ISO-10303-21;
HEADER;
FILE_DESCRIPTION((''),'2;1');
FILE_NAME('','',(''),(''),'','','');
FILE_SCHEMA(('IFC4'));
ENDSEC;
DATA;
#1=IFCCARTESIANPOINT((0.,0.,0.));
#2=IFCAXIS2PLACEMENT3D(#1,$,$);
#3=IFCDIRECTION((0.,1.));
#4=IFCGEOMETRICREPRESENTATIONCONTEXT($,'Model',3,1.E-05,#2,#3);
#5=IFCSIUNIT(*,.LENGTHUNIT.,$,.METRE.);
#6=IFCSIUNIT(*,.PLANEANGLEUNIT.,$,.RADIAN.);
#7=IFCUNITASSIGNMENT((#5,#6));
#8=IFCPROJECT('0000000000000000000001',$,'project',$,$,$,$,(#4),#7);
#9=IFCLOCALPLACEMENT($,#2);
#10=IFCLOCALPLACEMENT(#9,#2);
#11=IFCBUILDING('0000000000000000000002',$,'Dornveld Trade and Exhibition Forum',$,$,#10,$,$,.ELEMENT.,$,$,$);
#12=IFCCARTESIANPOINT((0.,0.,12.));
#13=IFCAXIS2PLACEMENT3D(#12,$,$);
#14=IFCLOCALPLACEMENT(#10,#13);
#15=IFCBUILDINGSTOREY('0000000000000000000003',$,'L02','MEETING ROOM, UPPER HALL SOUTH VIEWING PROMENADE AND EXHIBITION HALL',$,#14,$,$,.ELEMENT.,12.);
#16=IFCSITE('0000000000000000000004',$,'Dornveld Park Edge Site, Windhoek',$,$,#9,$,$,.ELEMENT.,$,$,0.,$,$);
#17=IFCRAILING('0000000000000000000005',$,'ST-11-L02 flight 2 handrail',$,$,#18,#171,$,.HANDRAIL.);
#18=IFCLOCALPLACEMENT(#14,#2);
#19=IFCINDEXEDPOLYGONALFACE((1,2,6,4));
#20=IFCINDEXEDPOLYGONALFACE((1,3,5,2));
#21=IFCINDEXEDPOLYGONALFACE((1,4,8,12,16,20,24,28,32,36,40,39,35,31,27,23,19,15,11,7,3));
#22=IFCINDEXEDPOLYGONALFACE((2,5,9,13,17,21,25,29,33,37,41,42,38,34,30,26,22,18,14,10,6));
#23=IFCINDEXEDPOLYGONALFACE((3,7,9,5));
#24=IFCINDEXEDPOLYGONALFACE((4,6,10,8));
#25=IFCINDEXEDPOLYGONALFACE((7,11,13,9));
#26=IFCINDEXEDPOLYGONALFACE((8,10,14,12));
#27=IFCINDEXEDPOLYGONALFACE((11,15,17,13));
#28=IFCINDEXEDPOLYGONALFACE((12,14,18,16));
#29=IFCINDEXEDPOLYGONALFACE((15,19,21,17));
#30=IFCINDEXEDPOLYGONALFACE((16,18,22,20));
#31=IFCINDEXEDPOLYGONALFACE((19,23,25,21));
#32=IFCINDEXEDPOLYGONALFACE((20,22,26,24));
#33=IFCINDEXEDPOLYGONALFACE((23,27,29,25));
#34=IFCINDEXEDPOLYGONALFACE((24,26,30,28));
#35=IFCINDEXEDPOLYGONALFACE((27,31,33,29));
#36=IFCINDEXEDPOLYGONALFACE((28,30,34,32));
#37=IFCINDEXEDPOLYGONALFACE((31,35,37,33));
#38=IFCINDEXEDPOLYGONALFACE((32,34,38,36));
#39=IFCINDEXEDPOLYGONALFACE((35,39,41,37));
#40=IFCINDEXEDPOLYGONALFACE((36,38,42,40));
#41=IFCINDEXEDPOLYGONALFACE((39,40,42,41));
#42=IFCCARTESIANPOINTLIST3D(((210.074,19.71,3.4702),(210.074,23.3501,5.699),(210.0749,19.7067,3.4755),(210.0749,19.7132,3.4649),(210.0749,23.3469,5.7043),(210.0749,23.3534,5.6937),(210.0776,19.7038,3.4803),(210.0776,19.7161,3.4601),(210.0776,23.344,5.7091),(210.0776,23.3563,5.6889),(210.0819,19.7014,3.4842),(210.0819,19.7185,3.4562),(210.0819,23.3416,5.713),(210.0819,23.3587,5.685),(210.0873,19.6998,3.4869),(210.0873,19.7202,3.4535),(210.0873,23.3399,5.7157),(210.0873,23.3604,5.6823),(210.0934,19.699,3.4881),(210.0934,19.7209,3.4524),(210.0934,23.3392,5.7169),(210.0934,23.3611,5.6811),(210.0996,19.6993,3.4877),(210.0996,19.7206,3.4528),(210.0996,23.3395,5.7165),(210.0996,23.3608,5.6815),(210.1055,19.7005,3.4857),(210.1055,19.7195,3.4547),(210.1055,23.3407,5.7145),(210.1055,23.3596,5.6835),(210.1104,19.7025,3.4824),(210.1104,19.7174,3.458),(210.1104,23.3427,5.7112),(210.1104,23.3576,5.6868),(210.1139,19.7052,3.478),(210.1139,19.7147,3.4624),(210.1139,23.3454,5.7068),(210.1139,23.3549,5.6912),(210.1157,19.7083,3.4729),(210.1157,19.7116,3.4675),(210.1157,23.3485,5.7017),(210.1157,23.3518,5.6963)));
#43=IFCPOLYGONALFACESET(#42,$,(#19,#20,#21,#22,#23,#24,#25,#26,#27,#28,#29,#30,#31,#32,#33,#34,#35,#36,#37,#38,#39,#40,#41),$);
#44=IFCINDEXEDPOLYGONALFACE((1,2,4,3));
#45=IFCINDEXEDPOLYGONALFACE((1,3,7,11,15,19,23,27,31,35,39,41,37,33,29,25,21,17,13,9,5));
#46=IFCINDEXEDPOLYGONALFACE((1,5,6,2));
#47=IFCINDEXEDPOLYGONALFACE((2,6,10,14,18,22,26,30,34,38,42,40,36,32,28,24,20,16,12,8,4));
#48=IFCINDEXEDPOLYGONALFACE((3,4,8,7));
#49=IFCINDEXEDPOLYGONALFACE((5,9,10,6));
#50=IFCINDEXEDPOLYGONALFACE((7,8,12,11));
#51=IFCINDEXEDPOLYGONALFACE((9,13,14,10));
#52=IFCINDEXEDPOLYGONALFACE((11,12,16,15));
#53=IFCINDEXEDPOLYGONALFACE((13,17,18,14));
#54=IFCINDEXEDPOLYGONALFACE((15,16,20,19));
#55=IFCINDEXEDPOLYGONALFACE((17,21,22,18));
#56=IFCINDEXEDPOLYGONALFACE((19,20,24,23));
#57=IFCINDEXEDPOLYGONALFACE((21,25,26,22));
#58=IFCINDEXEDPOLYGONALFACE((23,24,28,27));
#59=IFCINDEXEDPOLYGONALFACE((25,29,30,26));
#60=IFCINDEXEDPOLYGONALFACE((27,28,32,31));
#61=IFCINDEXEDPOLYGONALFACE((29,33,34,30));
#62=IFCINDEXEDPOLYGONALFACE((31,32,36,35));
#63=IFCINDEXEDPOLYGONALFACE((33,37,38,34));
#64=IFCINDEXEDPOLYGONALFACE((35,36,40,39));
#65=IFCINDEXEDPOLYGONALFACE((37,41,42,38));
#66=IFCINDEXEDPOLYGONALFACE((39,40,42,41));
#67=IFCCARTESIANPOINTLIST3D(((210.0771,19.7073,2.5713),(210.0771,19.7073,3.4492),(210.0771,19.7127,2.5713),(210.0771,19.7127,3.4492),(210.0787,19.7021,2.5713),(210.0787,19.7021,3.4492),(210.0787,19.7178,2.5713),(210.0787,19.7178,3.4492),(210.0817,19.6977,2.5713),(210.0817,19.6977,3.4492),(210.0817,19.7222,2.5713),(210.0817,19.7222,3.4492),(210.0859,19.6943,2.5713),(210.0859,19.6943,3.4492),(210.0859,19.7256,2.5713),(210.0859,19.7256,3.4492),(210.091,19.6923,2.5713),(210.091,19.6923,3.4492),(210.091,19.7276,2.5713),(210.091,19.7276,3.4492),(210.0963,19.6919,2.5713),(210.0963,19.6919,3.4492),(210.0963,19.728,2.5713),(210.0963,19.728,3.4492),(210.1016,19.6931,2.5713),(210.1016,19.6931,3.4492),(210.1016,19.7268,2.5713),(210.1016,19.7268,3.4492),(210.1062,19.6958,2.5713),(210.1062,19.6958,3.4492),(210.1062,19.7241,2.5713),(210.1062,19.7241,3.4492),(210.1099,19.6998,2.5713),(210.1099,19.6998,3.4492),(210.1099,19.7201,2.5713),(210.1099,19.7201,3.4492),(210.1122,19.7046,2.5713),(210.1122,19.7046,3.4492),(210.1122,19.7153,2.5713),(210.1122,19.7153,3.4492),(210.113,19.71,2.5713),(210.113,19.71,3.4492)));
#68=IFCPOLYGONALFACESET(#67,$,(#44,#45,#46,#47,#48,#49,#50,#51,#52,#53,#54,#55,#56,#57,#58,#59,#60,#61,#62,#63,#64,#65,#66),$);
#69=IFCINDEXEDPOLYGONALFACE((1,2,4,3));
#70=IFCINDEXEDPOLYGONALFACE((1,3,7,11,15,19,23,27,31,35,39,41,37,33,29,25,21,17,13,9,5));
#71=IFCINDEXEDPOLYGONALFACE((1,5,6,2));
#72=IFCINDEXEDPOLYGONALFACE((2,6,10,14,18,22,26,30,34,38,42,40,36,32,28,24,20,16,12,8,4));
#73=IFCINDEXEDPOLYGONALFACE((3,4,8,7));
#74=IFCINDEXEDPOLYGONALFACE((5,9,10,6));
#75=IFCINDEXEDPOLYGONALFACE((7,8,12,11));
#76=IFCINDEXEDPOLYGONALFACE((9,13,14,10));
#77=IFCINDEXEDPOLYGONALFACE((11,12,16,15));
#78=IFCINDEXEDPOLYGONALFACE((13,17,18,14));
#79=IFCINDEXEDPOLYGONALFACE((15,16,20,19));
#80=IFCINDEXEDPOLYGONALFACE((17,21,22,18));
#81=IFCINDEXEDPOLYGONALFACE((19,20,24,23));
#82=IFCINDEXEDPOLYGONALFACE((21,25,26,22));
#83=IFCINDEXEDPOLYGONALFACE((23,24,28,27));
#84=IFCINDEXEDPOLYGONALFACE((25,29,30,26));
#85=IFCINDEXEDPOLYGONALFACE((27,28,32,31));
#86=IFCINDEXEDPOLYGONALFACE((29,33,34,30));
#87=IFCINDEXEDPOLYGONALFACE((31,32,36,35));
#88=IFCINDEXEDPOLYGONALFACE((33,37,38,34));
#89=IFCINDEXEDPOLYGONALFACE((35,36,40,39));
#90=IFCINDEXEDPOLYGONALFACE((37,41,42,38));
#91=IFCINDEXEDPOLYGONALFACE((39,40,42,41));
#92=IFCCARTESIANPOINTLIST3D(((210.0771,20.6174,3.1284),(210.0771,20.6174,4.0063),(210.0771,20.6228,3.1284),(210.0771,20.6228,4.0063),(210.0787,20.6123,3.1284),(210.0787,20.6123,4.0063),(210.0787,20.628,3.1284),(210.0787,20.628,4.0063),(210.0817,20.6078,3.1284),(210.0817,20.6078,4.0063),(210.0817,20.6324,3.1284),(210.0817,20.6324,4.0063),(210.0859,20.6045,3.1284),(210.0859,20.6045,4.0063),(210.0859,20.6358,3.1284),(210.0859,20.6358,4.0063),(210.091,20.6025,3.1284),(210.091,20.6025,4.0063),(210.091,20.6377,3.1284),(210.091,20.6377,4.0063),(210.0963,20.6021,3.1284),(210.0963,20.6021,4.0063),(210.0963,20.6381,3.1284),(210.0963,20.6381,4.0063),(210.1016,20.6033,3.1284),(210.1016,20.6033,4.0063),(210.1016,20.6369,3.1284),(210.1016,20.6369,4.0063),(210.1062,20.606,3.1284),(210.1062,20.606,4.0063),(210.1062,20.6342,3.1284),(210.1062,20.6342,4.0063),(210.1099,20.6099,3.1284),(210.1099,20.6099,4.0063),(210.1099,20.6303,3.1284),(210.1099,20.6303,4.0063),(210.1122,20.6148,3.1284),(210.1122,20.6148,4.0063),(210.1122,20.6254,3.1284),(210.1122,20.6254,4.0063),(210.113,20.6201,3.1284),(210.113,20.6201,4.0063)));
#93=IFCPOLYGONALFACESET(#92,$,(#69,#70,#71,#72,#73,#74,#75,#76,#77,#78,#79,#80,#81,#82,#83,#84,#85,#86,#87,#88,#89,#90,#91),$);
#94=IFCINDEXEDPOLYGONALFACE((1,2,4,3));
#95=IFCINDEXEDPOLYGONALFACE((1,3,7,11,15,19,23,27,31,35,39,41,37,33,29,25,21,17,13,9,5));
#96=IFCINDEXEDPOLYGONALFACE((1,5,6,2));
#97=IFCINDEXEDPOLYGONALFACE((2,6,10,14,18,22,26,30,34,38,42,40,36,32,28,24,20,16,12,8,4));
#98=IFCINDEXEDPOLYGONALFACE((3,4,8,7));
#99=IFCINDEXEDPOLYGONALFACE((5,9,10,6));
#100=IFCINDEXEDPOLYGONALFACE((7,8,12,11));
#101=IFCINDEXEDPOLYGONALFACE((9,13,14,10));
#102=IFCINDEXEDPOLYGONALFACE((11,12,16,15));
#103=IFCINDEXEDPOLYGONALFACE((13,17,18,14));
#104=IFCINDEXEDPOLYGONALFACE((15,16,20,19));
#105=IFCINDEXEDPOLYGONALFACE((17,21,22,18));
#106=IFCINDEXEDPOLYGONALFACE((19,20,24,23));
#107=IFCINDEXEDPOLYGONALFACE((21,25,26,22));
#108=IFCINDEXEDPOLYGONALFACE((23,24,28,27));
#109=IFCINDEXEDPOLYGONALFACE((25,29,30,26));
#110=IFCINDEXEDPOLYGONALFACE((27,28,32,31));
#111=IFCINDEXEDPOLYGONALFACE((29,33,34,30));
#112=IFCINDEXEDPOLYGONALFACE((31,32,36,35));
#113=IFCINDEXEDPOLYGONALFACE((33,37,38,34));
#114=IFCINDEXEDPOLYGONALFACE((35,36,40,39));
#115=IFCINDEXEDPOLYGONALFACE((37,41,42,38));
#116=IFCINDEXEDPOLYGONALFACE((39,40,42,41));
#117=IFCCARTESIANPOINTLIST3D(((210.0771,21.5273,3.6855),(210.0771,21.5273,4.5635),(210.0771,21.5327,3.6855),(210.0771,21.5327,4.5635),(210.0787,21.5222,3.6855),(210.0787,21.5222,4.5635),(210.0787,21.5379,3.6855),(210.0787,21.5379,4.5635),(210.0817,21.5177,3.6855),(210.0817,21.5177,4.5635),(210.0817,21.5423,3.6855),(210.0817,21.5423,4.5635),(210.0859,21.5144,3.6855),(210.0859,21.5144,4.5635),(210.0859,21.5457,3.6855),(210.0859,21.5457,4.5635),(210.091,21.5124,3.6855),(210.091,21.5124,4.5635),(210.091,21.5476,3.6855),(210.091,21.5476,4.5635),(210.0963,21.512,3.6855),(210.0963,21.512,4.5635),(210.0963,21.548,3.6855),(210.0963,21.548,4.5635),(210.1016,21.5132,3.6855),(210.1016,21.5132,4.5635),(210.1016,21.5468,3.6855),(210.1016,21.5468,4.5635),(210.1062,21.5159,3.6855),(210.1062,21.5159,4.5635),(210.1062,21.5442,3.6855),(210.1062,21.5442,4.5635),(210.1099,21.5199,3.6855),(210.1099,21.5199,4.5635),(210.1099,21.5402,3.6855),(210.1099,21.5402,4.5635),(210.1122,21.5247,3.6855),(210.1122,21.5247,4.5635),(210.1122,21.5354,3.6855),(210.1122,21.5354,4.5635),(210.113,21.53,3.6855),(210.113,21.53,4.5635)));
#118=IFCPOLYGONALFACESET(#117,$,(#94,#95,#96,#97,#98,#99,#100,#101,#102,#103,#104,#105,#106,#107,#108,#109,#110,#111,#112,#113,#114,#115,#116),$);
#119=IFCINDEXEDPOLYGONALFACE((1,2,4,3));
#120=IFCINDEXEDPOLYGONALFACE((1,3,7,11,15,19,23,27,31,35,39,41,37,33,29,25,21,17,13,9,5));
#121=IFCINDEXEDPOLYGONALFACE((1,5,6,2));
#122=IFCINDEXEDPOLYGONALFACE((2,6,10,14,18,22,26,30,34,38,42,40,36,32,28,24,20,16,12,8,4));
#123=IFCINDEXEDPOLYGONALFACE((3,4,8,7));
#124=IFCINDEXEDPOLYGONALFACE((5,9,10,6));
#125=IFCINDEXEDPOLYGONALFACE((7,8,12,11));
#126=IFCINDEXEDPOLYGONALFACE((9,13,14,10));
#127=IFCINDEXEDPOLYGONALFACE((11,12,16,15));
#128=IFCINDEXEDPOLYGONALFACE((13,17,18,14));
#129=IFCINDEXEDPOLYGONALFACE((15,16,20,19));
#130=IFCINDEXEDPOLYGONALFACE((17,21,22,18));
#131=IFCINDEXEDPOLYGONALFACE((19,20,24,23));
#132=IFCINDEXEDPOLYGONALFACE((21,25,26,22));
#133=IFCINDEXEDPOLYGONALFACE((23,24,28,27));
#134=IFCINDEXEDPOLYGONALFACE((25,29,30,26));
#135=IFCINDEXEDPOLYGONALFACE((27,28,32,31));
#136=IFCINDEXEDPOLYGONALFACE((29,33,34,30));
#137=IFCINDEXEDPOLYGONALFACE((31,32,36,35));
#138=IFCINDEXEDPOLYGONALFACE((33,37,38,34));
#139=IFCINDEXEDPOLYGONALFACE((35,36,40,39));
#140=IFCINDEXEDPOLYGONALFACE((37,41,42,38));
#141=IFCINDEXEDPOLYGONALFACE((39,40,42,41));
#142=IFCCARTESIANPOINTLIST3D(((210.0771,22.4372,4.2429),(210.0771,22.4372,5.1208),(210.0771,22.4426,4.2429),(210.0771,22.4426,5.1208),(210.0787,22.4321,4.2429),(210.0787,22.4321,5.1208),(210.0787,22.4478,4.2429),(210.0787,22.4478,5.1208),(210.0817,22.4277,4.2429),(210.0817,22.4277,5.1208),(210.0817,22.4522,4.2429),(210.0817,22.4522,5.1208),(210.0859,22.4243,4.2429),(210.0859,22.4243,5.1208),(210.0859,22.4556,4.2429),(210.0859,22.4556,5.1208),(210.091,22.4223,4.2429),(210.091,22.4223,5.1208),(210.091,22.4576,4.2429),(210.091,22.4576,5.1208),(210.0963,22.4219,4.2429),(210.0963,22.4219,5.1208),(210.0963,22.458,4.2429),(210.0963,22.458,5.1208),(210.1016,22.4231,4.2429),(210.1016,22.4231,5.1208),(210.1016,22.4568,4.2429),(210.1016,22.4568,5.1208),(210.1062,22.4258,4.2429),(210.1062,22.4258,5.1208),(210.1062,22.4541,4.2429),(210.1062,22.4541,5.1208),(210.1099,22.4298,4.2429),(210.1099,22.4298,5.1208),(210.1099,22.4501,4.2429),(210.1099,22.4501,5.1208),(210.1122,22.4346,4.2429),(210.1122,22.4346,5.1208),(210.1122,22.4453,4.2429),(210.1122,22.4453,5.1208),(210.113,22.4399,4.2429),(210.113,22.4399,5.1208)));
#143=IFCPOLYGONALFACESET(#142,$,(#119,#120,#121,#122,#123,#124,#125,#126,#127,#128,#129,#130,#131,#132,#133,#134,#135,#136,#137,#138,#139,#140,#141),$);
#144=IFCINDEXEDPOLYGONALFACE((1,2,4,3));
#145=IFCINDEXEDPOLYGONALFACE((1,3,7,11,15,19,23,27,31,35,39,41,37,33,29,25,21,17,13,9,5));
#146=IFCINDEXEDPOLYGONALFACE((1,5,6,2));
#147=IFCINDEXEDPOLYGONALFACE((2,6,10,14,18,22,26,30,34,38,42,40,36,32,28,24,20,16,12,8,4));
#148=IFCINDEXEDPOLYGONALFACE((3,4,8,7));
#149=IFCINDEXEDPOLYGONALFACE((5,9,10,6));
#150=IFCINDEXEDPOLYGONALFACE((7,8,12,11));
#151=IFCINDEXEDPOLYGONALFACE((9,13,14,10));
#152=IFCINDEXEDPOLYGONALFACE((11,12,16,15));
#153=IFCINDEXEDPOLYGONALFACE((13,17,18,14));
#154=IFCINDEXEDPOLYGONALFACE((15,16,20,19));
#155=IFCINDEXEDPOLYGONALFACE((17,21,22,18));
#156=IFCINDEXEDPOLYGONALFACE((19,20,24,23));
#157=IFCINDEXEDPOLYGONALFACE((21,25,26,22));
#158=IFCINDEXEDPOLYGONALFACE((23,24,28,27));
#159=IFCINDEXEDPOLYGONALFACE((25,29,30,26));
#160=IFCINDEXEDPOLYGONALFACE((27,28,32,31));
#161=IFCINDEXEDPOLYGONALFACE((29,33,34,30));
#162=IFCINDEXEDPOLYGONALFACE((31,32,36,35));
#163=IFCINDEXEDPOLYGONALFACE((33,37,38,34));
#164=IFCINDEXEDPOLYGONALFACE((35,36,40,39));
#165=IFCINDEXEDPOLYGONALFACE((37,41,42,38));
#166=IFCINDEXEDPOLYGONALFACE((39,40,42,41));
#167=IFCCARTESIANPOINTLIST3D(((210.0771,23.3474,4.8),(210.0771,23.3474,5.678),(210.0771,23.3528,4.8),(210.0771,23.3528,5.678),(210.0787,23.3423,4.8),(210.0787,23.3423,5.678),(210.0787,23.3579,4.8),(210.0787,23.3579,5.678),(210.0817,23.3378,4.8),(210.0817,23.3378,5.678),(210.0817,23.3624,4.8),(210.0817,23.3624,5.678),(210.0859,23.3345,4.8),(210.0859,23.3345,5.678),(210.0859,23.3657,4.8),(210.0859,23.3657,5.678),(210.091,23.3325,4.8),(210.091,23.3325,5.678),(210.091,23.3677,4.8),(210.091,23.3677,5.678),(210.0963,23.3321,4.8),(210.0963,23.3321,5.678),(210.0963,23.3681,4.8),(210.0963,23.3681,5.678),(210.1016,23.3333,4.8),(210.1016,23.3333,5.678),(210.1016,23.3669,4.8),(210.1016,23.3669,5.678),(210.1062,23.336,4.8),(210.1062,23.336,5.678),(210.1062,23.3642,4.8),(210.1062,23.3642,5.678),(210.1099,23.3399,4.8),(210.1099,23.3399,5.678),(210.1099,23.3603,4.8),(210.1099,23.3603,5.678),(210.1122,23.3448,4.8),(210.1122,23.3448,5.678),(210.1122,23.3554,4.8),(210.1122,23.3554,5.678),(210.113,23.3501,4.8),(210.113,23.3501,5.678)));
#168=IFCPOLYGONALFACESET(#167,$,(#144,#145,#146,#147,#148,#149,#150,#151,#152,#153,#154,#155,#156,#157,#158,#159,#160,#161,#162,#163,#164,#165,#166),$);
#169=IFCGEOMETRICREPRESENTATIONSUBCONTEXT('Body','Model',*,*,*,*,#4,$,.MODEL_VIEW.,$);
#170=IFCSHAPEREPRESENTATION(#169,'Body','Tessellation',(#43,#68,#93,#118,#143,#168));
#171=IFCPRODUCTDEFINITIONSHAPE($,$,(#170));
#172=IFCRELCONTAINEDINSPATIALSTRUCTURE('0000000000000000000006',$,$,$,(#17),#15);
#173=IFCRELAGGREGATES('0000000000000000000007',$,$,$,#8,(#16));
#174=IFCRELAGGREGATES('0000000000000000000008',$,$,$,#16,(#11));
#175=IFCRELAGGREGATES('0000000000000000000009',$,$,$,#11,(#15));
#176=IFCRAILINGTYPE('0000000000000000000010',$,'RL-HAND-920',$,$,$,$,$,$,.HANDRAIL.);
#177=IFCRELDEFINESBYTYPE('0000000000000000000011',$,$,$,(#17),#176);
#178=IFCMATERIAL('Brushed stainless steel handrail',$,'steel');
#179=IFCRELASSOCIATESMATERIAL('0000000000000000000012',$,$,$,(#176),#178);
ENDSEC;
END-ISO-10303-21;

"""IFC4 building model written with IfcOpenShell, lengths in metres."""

from ifc_helpers import new_model, si_unit, direction, frame, origin, origin_2d, place, context, subcontext, project, spatial, circle, extrude, material, type_object, element, save


model = new_model("IFC4")

# Units and contexts
model_context = context("Model", 3, precision=1e-05, world=origin(), true_north=direction((0.0, 1.0)))
body_context = subcontext(model_context, "Body", "Model", "MODEL_VIEW")
ifc_project = project(units=[si_unit("LENGTHUNIT", "METRE"), si_unit("PLANEANGLEUNIT", "RADIAN")], contexts=[model_context])

# Site, building, storey
site_placement = place(None, origin())
site = spatial("IfcSite", under=ifc_project, at=site_placement, Name="Dornveld Park Edge Site, Windhoek", CompositionType="ELEMENT", RefElevation=0.0)
building_placement = place(site_placement, origin())
building = spatial("IfcBuilding", under=site, at=building_placement, Name="Dornveld Trade and Exhibition Forum", CompositionType="ELEMENT")
storey_placement = place(building_placement, frame((0.0, 0.0, 12.0)))
storey = spatial("IfcBuildingStorey", under=building, at=storey_placement, Name="L02", Description="MEETING ROOM, UPPER HALL SOUTH VIEWING PROMENADE AND EXHIBITION HALL", CompositionType="ELEMENT", Elevation=12.0)

# Railing
ifc_material_1 = material(Name="Brushed stainless steel handrail", Category="steel")
railing_type_1 = type_object("IfcRailingType", Name="RL-HAND-920", PredefinedType="HANDRAIL", material=ifc_material_1)
railing_1_placement = place(storey_placement, frame((210.095, 19.71, 2.5713)))
element("IfcRailing", 1, at=railing_1_placement, inside=storey, type_object=railing_type_1, Name="ST-11-L02 flight 2 handrail", PredefinedType="HANDRAIL", context=body_context, shape_type="SweptSolid", body=[
    extrude(circle(Radius=0.021, at=origin_2d()), frame((0.0, 0.0, 0.8989), z_axis=(0.0, 0.85284, 0.522172), x_axis=(-1.0, 0.0, 0.0)), (0.0, 0.0, 1.0), 4.2683),
    extrude(circle(Radius=0.0181, at=origin_2d()), origin(), (0.0, 0.0, 1.0), 0.8779),
    extrude(circle(Radius=0.0181, at=origin_2d()), frame((0.0, 0.9102, 0.5571)), (0.0, 0.0, 1.0), 0.8779),
    extrude(circle(Radius=0.0181, at=origin_2d()), frame((0.0, 1.8201, 1.1143)), (0.0, 0.0, 1.0), 0.8779),
    extrude(circle(Radius=0.0181, at=origin_2d()), frame((0.0, 2.73, 1.6716)), (0.0, 0.0, 1.0), 0.8779),
    extrude(circle(Radius=0.0181, at=origin_2d()), frame((0.0, 3.6401, 2.2288)), (0.0, 0.0, 1.0), 0.8779),
])

save(model, "model.ifc")
